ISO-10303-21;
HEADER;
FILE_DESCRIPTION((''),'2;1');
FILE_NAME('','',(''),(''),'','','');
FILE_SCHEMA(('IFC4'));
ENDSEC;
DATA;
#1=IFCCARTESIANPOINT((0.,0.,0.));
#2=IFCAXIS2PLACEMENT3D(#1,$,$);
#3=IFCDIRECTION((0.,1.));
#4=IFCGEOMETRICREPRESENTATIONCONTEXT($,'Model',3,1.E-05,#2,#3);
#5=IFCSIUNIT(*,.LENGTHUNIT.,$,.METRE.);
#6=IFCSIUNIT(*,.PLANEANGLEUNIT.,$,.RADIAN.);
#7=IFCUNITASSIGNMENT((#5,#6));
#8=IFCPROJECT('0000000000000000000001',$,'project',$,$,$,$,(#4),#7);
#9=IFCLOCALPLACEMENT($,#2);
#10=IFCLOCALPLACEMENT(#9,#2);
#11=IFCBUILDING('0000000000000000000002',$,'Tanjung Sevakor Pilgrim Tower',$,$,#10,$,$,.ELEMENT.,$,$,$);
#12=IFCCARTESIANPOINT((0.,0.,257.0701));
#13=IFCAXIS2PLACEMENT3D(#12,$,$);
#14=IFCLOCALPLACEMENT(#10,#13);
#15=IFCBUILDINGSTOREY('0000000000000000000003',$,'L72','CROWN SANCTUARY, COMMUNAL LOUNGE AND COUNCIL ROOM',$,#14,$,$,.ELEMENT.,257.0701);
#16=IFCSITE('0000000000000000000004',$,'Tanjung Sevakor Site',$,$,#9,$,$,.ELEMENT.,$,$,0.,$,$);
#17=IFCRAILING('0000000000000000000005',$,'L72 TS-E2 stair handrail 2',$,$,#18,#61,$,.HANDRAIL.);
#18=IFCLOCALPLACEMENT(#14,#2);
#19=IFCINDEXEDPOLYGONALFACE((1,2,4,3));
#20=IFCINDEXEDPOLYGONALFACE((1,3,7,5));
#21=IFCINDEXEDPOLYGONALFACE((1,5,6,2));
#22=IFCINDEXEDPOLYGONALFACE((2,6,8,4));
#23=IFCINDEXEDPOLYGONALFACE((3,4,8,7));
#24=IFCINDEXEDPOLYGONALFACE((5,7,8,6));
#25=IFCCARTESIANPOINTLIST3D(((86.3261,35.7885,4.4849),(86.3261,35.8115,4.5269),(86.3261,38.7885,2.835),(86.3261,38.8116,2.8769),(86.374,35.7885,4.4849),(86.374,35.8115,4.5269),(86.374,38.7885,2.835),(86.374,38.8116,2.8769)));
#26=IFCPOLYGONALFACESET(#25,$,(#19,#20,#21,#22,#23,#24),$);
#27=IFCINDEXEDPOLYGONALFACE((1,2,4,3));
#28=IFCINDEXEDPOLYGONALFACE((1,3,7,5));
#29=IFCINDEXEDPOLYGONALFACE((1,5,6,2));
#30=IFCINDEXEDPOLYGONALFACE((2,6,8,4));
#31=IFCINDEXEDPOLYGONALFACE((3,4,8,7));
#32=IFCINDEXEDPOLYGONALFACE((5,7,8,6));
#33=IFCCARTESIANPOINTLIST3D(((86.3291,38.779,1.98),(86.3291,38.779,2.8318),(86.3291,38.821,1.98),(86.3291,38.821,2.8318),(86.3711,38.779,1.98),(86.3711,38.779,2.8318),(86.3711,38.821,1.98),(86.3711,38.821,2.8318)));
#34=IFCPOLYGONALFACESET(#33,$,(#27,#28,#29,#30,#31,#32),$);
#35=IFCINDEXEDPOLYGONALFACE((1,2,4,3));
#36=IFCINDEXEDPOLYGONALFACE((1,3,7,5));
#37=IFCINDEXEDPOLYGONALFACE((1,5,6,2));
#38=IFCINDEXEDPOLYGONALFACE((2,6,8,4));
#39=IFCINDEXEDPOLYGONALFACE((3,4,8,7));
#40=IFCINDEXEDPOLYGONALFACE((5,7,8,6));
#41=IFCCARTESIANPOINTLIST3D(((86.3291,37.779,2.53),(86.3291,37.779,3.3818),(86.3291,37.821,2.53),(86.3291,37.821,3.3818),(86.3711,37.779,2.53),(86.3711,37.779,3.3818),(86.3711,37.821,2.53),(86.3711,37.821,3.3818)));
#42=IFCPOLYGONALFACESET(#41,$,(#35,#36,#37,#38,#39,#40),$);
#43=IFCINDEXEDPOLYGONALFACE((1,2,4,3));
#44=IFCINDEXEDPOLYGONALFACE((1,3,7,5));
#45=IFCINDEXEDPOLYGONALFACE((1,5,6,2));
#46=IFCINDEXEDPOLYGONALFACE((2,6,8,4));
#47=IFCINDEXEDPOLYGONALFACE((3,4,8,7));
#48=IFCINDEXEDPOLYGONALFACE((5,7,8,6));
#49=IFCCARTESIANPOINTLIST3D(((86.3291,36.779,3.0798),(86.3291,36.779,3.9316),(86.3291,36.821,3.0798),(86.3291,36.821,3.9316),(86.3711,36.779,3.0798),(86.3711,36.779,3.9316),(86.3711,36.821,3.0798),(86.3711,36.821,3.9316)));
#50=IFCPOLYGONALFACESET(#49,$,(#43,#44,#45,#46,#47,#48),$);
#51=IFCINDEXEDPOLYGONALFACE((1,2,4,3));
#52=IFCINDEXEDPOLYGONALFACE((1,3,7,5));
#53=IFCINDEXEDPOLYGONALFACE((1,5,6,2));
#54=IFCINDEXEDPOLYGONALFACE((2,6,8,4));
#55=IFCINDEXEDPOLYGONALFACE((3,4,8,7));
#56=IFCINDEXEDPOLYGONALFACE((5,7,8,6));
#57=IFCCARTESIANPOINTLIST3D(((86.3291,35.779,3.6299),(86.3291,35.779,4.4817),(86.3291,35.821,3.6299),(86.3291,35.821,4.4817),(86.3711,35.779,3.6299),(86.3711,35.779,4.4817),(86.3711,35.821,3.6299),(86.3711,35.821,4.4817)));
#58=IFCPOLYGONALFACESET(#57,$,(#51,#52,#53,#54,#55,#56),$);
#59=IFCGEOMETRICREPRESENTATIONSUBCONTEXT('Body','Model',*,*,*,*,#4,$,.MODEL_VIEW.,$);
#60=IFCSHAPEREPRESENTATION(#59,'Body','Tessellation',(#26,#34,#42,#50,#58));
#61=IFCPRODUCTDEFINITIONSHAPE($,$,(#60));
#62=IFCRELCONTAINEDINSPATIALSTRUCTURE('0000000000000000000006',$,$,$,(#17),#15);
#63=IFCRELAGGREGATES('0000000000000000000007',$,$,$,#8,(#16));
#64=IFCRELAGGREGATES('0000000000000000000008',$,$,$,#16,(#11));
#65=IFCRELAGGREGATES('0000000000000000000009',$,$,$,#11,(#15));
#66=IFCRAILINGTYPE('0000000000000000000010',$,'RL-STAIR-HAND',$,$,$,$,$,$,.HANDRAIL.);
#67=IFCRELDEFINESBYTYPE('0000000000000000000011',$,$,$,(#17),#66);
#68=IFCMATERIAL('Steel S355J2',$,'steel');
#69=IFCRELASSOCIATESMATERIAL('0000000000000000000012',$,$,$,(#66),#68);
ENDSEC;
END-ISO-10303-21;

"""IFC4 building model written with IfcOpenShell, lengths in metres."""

from ifc_helpers import new_model, si_unit, direction, frame, origin, place, context, subcontext, project, spatial, rectangle, extrude, material, type_object, element, save


model = new_model("IFC4")

# Units and contexts
model_context = context("Model", 3, precision=1e-05, world=origin(), true_north=direction((0.0, 1.0)))
body_context = subcontext(model_context, "Body", "Model", "MODEL_VIEW")
ifc_project = project(units=[si_unit("LENGTHUNIT", "METRE"), si_unit("PLANEANGLEUNIT", "RADIAN")], contexts=[model_context])

# Site, building, storey
site_placement = place(None, origin())
site = spatial("IfcSite", under=ifc_project, at=site_placement, Name="Tanjung Sevakor Site", CompositionType="ELEMENT", RefElevation=0.0)
building_placement = place(site_placement, origin())
building = spatial("IfcBuilding", under=site, at=building_placement, Name="Tanjung Sevakor Pilgrim Tower", CompositionType="ELEMENT")
storey_placement = place(building_placement, frame((0.0, 0.0, 257.0701)))
storey = spatial("IfcBuildingStorey", under=building, at=storey_placement, Name="L72", Description="CROWN SANCTUARY, COMMUNAL LOUNGE AND COUNCIL ROOM", CompositionType="ELEMENT", Elevation=257.0701)

# Railing
ifc_material_1 = material(Name="Steel S355J2", Category="steel")
railing_type_1 = type_object("IfcRailingType", Name="RL-STAIR-HAND", PredefinedType="HANDRAIL", material=ifc_material_1)
railing_1_placement = place(storey_placement, frame((86.3501, 38.8, 1.98)))
element("IfcRailing", 1, at=railing_1_placement, inside=storey, type_object=railing_type_1, Name="L72 TS-E2 stair handrail 2", PredefinedType="HANDRAIL", context=body_context, shape_type="SweptSolid", body=[
    extrude(rectangle(XDim=0.0479, YDim=0.0479), frame((0.0, 0.0, 0.876), z_axis=(0.0, -0.876228, 0.481897), x_axis=(1.0, 0.0, 0.0)), (0.0, 0.0, 1.0), 3.4238),
    extrude(rectangle(XDim=0.042, YDim=0.042), origin(), (0.0, 0.0, 1.0), 0.8518),
    extrude(rectangle(XDim=0.042, YDim=0.042), frame((0.0, -1.0, 0.55)), (0.0, 0.0, 1.0), 0.8518),
    extrude(rectangle(XDim=0.042, YDim=0.042), frame((0.0, -2.0, 1.0999)), (0.0, 0.0, 1.0), 0.8518),
    extrude(rectangle(XDim=0.042, YDim=0.042), frame((0.0, -3.0, 1.6499)), (0.0, 0.0, 1.0), 0.8518),
])

save(model, "model.ifc")
